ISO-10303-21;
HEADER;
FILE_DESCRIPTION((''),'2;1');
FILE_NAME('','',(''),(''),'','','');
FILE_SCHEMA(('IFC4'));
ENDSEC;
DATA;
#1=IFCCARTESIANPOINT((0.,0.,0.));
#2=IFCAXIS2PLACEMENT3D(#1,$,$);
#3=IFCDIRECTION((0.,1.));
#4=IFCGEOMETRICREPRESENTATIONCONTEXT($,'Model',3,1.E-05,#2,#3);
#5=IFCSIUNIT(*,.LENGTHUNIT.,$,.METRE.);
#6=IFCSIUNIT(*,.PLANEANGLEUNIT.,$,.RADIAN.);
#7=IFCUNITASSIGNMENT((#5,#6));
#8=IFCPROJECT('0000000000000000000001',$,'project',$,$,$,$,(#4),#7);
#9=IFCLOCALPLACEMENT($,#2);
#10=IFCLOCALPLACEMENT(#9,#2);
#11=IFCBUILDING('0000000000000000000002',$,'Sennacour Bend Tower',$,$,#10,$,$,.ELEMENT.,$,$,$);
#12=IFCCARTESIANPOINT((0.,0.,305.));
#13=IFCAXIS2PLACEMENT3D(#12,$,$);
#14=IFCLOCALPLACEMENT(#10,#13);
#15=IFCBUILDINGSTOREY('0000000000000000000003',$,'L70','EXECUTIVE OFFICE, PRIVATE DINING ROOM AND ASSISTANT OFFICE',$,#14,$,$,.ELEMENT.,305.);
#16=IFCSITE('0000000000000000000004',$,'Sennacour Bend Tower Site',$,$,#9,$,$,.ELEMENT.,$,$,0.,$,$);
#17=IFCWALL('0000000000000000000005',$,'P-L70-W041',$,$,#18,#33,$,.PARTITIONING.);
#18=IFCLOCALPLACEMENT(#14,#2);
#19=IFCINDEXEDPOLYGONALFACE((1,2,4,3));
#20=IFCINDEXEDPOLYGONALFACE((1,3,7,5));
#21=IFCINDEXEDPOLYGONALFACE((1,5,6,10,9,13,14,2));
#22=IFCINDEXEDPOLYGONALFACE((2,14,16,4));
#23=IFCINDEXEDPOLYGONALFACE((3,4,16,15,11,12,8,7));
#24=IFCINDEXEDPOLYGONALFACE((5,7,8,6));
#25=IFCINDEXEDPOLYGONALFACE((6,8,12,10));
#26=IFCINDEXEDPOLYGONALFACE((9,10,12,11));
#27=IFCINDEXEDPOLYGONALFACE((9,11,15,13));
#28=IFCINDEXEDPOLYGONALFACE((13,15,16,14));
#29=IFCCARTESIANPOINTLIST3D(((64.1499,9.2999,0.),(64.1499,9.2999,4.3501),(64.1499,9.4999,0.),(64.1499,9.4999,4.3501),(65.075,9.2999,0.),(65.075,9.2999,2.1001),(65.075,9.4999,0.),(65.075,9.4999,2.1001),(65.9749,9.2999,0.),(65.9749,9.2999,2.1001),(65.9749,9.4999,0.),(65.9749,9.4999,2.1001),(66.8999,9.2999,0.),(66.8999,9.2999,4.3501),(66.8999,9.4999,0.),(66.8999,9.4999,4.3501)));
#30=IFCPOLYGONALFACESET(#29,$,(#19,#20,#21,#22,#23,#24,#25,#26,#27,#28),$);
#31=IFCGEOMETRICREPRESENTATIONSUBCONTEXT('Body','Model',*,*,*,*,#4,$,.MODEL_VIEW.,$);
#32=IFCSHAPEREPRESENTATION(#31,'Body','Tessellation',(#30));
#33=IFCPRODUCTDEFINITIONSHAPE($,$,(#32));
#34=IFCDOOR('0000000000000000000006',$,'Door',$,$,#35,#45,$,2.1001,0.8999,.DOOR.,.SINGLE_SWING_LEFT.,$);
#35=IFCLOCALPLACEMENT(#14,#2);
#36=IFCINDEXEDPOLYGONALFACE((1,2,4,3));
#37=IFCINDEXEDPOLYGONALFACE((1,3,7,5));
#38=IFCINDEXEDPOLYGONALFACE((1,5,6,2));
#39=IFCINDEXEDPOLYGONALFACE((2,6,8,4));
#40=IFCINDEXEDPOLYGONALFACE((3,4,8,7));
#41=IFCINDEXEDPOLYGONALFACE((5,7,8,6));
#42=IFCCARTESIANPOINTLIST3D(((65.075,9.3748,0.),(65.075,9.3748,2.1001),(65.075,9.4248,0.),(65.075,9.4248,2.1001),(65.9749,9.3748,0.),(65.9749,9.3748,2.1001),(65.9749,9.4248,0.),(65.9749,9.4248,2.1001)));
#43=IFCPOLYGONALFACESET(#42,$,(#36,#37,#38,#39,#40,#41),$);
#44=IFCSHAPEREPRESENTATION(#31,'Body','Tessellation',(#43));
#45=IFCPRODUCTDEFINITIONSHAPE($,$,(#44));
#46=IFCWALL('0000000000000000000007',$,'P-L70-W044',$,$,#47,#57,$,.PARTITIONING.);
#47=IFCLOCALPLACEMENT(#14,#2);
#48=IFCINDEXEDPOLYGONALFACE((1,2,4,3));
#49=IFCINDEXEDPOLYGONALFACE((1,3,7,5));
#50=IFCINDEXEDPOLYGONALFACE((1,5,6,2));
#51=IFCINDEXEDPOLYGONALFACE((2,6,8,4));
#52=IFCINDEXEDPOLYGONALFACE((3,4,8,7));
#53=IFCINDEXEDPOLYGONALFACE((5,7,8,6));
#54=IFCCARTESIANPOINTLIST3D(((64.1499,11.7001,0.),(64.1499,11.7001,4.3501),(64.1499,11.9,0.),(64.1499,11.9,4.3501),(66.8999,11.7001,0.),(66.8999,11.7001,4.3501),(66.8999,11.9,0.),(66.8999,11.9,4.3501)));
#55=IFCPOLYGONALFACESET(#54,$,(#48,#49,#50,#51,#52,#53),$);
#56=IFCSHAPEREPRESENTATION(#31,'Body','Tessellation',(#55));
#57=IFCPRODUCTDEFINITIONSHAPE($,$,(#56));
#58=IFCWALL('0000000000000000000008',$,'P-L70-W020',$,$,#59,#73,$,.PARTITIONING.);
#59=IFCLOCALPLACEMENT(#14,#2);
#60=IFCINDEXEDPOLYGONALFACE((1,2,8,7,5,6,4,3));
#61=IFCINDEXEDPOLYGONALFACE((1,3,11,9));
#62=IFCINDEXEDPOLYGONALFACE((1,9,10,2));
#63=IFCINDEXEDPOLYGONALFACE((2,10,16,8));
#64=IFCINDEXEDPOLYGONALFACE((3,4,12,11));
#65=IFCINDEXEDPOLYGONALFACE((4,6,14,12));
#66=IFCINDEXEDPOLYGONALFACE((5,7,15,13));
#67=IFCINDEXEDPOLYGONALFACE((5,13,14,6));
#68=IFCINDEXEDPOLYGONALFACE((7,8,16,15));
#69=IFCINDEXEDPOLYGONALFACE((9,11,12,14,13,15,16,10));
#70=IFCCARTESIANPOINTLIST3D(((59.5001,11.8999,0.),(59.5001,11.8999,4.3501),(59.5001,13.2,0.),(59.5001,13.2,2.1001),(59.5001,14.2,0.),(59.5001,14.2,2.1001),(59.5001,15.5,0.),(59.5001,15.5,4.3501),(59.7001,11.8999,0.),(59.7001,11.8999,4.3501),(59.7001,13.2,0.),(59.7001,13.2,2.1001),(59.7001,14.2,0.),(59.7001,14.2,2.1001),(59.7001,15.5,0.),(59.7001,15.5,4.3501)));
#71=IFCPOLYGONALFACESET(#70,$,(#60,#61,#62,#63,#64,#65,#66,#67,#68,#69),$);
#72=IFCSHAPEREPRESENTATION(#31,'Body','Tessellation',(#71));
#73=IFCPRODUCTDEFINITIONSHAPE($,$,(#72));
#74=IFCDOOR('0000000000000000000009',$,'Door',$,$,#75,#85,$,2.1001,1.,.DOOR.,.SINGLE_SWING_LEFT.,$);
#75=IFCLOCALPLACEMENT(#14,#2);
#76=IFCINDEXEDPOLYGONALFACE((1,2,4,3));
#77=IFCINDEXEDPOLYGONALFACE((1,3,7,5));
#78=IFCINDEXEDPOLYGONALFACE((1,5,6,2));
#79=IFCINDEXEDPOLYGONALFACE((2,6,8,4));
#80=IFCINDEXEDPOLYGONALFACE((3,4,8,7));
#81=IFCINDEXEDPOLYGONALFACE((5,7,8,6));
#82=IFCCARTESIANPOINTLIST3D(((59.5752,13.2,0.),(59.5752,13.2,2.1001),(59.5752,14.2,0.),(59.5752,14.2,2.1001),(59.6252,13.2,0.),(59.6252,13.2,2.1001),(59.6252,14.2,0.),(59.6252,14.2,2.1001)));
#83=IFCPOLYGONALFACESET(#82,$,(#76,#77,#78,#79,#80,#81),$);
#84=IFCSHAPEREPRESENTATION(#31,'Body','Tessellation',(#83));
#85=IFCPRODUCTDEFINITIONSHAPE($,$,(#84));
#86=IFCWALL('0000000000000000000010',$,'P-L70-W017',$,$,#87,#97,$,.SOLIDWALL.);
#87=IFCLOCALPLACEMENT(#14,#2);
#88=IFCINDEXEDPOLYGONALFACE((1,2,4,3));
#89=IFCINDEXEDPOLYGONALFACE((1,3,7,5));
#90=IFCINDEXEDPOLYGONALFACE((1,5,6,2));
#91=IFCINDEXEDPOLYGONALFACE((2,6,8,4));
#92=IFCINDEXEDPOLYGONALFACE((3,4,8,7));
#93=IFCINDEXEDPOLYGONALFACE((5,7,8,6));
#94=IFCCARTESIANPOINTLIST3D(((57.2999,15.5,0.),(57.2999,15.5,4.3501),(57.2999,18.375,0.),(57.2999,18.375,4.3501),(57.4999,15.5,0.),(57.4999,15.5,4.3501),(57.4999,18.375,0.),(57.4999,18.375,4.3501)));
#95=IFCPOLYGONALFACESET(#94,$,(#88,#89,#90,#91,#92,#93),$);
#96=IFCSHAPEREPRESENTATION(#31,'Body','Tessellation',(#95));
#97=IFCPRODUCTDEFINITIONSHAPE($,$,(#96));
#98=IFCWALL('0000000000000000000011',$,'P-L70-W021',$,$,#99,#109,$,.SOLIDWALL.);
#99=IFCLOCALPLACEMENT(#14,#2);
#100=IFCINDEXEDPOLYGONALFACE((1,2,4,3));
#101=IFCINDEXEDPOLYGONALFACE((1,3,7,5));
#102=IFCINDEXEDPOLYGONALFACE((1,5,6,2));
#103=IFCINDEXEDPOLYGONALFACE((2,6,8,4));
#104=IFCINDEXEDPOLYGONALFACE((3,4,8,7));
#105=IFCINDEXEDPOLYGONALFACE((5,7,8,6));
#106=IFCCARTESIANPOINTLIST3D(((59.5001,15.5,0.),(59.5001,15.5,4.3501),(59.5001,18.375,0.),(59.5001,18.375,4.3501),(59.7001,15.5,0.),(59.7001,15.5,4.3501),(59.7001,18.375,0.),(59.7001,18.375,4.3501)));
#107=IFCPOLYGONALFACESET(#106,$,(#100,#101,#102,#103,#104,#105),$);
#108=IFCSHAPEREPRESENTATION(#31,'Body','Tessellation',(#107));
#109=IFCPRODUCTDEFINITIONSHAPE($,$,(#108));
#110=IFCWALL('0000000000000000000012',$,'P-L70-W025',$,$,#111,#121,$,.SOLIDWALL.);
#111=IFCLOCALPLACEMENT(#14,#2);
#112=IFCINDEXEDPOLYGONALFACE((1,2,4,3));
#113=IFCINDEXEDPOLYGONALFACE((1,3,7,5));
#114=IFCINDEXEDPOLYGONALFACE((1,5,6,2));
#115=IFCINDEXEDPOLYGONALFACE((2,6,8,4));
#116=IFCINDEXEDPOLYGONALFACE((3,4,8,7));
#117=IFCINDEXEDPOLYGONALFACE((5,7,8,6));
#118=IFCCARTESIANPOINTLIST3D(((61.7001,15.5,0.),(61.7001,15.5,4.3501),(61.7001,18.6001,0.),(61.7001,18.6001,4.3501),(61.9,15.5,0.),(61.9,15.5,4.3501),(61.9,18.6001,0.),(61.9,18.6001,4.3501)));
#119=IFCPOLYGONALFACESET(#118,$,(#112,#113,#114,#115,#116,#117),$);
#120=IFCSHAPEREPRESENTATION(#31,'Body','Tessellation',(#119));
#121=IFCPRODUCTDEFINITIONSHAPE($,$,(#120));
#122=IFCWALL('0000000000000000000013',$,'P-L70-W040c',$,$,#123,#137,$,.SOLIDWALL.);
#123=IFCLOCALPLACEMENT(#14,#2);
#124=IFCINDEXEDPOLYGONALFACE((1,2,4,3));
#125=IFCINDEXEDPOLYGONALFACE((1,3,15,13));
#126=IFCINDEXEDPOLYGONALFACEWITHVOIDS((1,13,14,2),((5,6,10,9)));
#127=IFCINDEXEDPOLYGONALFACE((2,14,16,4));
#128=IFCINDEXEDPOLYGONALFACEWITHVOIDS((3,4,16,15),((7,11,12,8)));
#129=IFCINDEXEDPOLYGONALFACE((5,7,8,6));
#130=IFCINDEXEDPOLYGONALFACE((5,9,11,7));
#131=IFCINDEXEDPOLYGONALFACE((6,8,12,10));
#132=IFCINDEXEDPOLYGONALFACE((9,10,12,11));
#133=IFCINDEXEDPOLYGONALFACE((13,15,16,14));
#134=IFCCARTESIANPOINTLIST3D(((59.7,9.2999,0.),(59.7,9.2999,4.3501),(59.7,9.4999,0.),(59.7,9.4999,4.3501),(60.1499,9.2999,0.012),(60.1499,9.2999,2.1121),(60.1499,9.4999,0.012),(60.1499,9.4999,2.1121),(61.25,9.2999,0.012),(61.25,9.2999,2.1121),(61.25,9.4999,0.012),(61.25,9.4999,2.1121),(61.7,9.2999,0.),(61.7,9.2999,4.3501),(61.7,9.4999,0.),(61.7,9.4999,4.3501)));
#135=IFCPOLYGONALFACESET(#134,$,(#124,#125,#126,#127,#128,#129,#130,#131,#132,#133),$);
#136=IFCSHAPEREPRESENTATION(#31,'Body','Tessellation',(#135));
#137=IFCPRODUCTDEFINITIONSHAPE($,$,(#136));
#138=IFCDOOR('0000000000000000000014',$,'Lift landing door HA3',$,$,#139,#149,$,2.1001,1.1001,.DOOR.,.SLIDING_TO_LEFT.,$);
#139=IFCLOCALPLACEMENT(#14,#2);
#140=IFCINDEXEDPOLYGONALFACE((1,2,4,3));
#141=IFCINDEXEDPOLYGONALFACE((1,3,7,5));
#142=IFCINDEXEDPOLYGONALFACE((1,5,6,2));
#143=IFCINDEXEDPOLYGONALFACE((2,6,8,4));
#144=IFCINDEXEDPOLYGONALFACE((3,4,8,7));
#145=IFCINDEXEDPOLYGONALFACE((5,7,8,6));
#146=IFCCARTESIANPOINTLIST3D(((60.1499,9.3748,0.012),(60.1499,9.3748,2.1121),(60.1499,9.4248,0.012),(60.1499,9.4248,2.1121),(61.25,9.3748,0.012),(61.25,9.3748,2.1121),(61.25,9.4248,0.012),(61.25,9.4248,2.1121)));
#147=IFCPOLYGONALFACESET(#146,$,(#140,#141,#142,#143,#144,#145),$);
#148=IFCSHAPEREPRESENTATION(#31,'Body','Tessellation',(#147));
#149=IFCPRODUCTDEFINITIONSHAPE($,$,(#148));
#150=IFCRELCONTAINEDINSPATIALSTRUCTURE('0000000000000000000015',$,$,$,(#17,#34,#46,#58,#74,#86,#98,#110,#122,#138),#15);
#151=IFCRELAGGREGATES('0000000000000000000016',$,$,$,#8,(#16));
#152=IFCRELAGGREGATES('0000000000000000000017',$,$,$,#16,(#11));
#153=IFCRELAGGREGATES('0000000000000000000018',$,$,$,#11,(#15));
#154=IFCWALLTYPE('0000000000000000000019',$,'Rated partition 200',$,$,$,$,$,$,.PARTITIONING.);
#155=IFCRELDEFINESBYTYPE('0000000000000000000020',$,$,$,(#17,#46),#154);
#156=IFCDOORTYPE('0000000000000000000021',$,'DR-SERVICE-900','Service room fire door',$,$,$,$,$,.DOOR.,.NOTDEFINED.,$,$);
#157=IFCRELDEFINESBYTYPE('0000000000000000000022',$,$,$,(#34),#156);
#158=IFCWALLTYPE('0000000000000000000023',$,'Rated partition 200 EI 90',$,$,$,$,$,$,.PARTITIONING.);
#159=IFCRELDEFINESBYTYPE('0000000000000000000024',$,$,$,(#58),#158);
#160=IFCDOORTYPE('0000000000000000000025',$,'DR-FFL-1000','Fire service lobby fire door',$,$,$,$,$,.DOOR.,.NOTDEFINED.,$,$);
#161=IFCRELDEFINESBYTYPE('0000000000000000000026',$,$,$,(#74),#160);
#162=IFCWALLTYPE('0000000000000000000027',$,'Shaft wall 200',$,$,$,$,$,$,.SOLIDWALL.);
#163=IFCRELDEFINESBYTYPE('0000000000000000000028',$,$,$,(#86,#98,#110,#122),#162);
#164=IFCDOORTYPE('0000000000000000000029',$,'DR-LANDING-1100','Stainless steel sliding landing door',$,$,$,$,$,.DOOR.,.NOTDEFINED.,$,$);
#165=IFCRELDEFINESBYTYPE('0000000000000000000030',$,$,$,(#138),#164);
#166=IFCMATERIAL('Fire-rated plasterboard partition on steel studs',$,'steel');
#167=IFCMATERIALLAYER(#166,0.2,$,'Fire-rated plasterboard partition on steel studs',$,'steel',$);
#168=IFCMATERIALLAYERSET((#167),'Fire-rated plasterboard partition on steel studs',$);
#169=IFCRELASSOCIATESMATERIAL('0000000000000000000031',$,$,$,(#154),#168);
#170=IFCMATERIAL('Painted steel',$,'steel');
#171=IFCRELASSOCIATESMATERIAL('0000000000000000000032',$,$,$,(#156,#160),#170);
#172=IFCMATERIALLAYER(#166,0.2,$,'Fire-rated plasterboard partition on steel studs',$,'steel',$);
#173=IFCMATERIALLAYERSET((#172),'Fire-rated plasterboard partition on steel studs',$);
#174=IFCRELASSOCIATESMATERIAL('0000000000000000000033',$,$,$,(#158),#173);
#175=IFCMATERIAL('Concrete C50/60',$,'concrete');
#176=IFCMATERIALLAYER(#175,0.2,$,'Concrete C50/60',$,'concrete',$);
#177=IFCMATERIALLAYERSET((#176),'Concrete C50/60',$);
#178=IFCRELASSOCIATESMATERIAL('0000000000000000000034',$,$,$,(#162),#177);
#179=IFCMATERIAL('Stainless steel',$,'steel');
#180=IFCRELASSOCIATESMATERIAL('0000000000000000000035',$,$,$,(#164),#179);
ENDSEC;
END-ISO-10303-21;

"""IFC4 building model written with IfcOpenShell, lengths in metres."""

from ifc_helpers import new_model, si_unit, direction, frame, frame_2d, origin, place, context, subcontext, project, spatial, rectangle, extrude, material, layer, layer_set, type_object, element, fill, save


model = new_model("IFC4")

# Units and contexts
model_context = context("Model", 3, precision=1e-05, world=origin(), true_north=direction((0.0, 1.0)))
body_context = subcontext(model_context, "Body", "Model", "MODEL_VIEW")
ifc_project = project(units=[si_unit("LENGTHUNIT", "METRE"), si_unit("PLANEANGLEUNIT", "RADIAN")], contexts=[model_context])

# Site, building, storey
site_placement = place(None, origin())
site = spatial("IfcSite", under=ifc_project, at=site_placement, Name="Sennacour Bend Tower Site", CompositionType="ELEMENT", RefElevation=0.0)
building_placement = place(site_placement, origin())
building = spatial("IfcBuilding", under=site, at=building_placement, Name="Sennacour Bend Tower", CompositionType="ELEMENT")
storey_placement = place(building_placement, frame((0.0, 0.0, 305.0)))
storey = spatial("IfcBuildingStorey", under=building, at=storey_placement, Name="L70", Description="EXECUTIVE OFFICE, PRIVATE DINING ROOM AND ASSISTANT OFFICE", CompositionType="ELEMENT", Elevation=305.0)

# Wall, opening, door
ifc_material_1 = material(Name="Fire-rated plasterboard partition on steel studs", Category="steel")
ifc_layer_1 = layer(ifc_material_1, 0.2, Name="Fire-rated plasterboard partition on steel studs", Category="steel")
ifc_layer_set_1 = layer_set([ifc_layer_1], Name="Fire-rated plasterboard partition on steel studs")
wall_type_1 = type_object("IfcWallType", Name="Rated partition 200", PredefinedType="PARTITIONING", material=ifc_layer_set_1)
wall_1_placement = place(storey_placement, frame((64.1499, 9.3999, 0.0), z_axis=(0.0, 0.0, 1.0), x_axis=(1.0, 0.0, 0.0)))
wall_1 = element("IfcWall", 1, at=wall_1_placement, inside=storey, type_object=wall_type_1, Name="P-L70-W041", PredefinedType="PARTITIONING", context=body_context, shape_type="SweptSolid", body=[
    extrude(rectangle(XDim=2.75, YDim=0.2, at=frame_2d((1.375, 0.0))), origin(), (0.0, 0.0, 1.0), 4.3501),
])
opening_1_placement = place(wall_1_placement, frame((0.925, 0.0, 0.0)))
opening_1 = element("IfcOpeningElement", 2, at=opening_1_placement, cuts=wall_1, PredefinedType="OPENING", context=body_context, shape_type="SweptSolid", body=[
    extrude(rectangle(XDim=0.8999, YDim=2.1001, at=frame_2d((0.45, 1.05))), frame((0.0, 0.1099, 0.0), z_axis=(0.0, -1.0, 0.0), x_axis=(1.0, 0.0, 0.0)), (0.0, 0.0, 1.0), 0.22),
])
ifc_material_2 = material(Name="Painted steel", Category="steel")
door_type_1 = type_object("IfcDoorType", Name="DR-SERVICE-900", Description="Service room fire door", OperationType="NOTDEFINED", PredefinedType="DOOR", material=ifc_material_2)
door_1_placement = place(opening_1_placement, origin())
door_1 = element("IfcDoor", 3, at=door_1_placement, inside=storey, type_object=door_type_1, Name="Door", OperationType="SINGLE_SWING_LEFT", OverallHeight=2.1001, OverallWidth=0.8999, PredefinedType="DOOR", context=body_context, shape_type="SweptSolid", body=[
    extrude(rectangle(XDim=0.8999, YDim=2.1001, at=frame_2d((0.45, 1.05))), frame((0.0, 0.0249, 0.0), z_axis=(0.0, -1.0, 0.0), x_axis=(1.0, 0.0, 0.0)), (0.0, 0.0, 1.0), 0.05),
])
fill(opening_1, door_1)

# Wall
wall_2_placement = place(storey_placement, frame((64.1499, 11.8, 0.0), z_axis=(0.0, 0.0, 1.0), x_axis=(1.0, 0.0, 0.0)))
element("IfcWall", 4, at=wall_2_placement, inside=storey, type_object=wall_type_1, Name="P-L70-W044", PredefinedType="PARTITIONING", context=body_context, shape_type="SweptSolid", body=[
    extrude(rectangle(XDim=2.75, YDim=0.2, at=frame_2d((1.375, 0.0))), origin(), (0.0, 0.0, 1.0), 4.3501),
])

# Wall, opening, door
ifc_layer_2 = layer(ifc_material_1, 0.2, Name="Fire-rated plasterboard partition on steel studs", Category="steel")
ifc_layer_set_2 = layer_set([ifc_layer_2], Name="Fire-rated plasterboard partition on steel studs")
wall_type_2 = type_object("IfcWallType", Name="Rated partition 200 EI 90", PredefinedType="PARTITIONING", material=ifc_layer_set_2)
wall_3_placement = place(storey_placement, frame((59.6001, 11.8999, 0.0), z_axis=(0.0, 0.0, 1.0), x_axis=(0.0, 1.0, 0.0)))
wall_3 = element("IfcWall", 5, at=wall_3_placement, inside=storey, type_object=wall_type_2, Name="P-L70-W020", PredefinedType="PARTITIONING", context=body_context, shape_type="SweptSolid", body=[
    extrude(rectangle(XDim=3.6001, YDim=0.2, at=frame_2d((1.8, 0.0))), origin(), (0.0, 0.0, 1.0), 4.3501),
])
opening_2_placement = place(wall_3_placement, frame((1.3, 0.0, 0.0)))
opening_2 = element("IfcOpeningElement", 6, at=opening_2_placement, cuts=wall_3, PredefinedType="OPENING", context=body_context, shape_type="SweptSolid", body=[
    extrude(rectangle(XDim=1.0, YDim=2.1001, at=frame_2d((0.5, 1.05))), frame((0.0, 0.1099, 0.0), z_axis=(0.0, -1.0, 0.0), x_axis=(1.0, 0.0, 0.0)), (0.0, 0.0, 1.0), 0.22),
])
door_type_2 = type_object("IfcDoorType", Name="DR-FFL-1000", Description="Fire service lobby fire door", OperationType="NOTDEFINED", PredefinedType="DOOR", material=ifc_material_2)
door_2_placement = place(opening_2_placement, origin())
door_2 = element("IfcDoor", 7, at=door_2_placement, inside=storey, type_object=door_type_2, Name="Door", OperationType="SINGLE_SWING_LEFT", OverallHeight=2.1001, OverallWidth=1.0, PredefinedType="DOOR", context=body_context, shape_type="SweptSolid", body=[
    extrude(rectangle(XDim=1.0, YDim=2.1001, at=frame_2d((0.5, 1.05))), frame((0.0, 0.0249, 0.0), z_axis=(0.0, -1.0, 0.0), x_axis=(1.0, 0.0, 0.0)), (0.0, 0.0, 1.0), 0.05),
])
fill(opening_2, door_2)

# Walls
ifc_material_3 = material(Name="Concrete C50/60", Category="concrete")
ifc_layer_3 = layer(ifc_material_3, 0.2, Name="Concrete C50/60", Category="concrete")
ifc_layer_set_3 = layer_set([ifc_layer_3], Name="Concrete C50/60")
wall_type_3 = type_object("IfcWallType", Name="Shaft wall 200", PredefinedType="SOLIDWALL", material=ifc_layer_set_3)
for number, where, z_axis, x_axis, name in (
    (8, (57.3999, 15.5, 0.0), (0.0, 0.0, 1.0), (0.0, 1.0, 0.0), "P-L70-W017"),
    (9, (59.6001, 15.5, 0.0), (0.0, 0.0, 1.0), (0.0, 1.0, 0.0), "P-L70-W021"),
):
    element("IfcWall", number, at=place(storey_placement, frame(where, z_axis=z_axis, x_axis=x_axis)), inside=storey, type_object=wall_type_3, Name=name, PredefinedType="SOLIDWALL", context=body_context, shape_type="SweptSolid", body=[
        extrude(rectangle(XDim=2.875, YDim=0.2, at=frame_2d((1.4375, 0.0))), origin(), (0.0, 0.0, 1.0), 4.3501),
    ])
wall_4_placement = place(storey_placement, frame((61.8, 15.5, 0.0), z_axis=(0.0, 0.0, 1.0), x_axis=(0.0, 1.0, 0.0)))
element("IfcWall", 10, at=wall_4_placement, inside=storey, type_object=wall_type_3, Name="P-L70-W025", PredefinedType="SOLIDWALL", context=body_context, shape_type="SweptSolid", body=[
    extrude(rectangle(XDim=3.1001, YDim=0.2, at=frame_2d((1.55, 0.0))), origin(), (0.0, 0.0, 1.0), 4.3501),
])

# Wall, opening, door
wall_5_placement = place(storey_placement, frame((59.7, 9.3999, 0.0), z_axis=(0.0, 0.0, 1.0), x_axis=(1.0, 0.0, 0.0)))
wall_5 = element("IfcWall", 11, at=wall_5_placement, inside=storey, type_object=wall_type_3, Name="P-L70-W040c", PredefinedType="SOLIDWALL", context=body_context, shape_type="SweptSolid", body=[
    extrude(rectangle(XDim=2.0, YDim=0.2, at=frame_2d((1.0, 0.0))), origin(), (0.0, 0.0, 1.0), 4.3501),
])
opening_3_placement = place(wall_5_placement, frame((0.45, 0.0, 0.012)))
opening_3 = element("IfcOpeningElement", 12, at=opening_3_placement, cuts=wall_5, PredefinedType="OPENING", context=body_context, shape_type="SweptSolid", body=[
    extrude(rectangle(XDim=1.1001, YDim=2.1001, at=frame_2d((0.55, 1.05))), frame((0.0, 0.1099, 0.0), z_axis=(0.0, -1.0, 0.0), x_axis=(1.0, 0.0, 0.0)), (0.0, 0.0, 1.0), 0.22),
])
ifc_material_4 = material(Name="Stainless steel", Category="steel")
door_type_3 = type_object("IfcDoorType", Name="DR-LANDING-1100", Description="Stainless steel sliding landing door", OperationType="NOTDEFINED", PredefinedType="DOOR", material=ifc_material_4)
door_3_placement = place(opening_3_placement, origin())
door_3 = element("IfcDoor", 13, at=door_3_placement, inside=storey, type_object=door_type_3, Name="Lift landing door HA3", OperationType="SLIDING_TO_LEFT", OverallHeight=2.1001, OverallWidth=1.1001, PredefinedType="DOOR", context=body_context, shape_type="SweptSolid", body=[
    extrude(rectangle(XDim=1.1001, YDim=2.1001, at=frame_2d((0.55, 1.05))), frame((0.0, 0.0249, 0.0), z_axis=(0.0, -1.0, 0.0), x_axis=(1.0, 0.0, 0.0)), (0.0, 0.0, 1.0), 0.05),
])
fill(opening_3, door_3)

save(model, "model.ifc")
